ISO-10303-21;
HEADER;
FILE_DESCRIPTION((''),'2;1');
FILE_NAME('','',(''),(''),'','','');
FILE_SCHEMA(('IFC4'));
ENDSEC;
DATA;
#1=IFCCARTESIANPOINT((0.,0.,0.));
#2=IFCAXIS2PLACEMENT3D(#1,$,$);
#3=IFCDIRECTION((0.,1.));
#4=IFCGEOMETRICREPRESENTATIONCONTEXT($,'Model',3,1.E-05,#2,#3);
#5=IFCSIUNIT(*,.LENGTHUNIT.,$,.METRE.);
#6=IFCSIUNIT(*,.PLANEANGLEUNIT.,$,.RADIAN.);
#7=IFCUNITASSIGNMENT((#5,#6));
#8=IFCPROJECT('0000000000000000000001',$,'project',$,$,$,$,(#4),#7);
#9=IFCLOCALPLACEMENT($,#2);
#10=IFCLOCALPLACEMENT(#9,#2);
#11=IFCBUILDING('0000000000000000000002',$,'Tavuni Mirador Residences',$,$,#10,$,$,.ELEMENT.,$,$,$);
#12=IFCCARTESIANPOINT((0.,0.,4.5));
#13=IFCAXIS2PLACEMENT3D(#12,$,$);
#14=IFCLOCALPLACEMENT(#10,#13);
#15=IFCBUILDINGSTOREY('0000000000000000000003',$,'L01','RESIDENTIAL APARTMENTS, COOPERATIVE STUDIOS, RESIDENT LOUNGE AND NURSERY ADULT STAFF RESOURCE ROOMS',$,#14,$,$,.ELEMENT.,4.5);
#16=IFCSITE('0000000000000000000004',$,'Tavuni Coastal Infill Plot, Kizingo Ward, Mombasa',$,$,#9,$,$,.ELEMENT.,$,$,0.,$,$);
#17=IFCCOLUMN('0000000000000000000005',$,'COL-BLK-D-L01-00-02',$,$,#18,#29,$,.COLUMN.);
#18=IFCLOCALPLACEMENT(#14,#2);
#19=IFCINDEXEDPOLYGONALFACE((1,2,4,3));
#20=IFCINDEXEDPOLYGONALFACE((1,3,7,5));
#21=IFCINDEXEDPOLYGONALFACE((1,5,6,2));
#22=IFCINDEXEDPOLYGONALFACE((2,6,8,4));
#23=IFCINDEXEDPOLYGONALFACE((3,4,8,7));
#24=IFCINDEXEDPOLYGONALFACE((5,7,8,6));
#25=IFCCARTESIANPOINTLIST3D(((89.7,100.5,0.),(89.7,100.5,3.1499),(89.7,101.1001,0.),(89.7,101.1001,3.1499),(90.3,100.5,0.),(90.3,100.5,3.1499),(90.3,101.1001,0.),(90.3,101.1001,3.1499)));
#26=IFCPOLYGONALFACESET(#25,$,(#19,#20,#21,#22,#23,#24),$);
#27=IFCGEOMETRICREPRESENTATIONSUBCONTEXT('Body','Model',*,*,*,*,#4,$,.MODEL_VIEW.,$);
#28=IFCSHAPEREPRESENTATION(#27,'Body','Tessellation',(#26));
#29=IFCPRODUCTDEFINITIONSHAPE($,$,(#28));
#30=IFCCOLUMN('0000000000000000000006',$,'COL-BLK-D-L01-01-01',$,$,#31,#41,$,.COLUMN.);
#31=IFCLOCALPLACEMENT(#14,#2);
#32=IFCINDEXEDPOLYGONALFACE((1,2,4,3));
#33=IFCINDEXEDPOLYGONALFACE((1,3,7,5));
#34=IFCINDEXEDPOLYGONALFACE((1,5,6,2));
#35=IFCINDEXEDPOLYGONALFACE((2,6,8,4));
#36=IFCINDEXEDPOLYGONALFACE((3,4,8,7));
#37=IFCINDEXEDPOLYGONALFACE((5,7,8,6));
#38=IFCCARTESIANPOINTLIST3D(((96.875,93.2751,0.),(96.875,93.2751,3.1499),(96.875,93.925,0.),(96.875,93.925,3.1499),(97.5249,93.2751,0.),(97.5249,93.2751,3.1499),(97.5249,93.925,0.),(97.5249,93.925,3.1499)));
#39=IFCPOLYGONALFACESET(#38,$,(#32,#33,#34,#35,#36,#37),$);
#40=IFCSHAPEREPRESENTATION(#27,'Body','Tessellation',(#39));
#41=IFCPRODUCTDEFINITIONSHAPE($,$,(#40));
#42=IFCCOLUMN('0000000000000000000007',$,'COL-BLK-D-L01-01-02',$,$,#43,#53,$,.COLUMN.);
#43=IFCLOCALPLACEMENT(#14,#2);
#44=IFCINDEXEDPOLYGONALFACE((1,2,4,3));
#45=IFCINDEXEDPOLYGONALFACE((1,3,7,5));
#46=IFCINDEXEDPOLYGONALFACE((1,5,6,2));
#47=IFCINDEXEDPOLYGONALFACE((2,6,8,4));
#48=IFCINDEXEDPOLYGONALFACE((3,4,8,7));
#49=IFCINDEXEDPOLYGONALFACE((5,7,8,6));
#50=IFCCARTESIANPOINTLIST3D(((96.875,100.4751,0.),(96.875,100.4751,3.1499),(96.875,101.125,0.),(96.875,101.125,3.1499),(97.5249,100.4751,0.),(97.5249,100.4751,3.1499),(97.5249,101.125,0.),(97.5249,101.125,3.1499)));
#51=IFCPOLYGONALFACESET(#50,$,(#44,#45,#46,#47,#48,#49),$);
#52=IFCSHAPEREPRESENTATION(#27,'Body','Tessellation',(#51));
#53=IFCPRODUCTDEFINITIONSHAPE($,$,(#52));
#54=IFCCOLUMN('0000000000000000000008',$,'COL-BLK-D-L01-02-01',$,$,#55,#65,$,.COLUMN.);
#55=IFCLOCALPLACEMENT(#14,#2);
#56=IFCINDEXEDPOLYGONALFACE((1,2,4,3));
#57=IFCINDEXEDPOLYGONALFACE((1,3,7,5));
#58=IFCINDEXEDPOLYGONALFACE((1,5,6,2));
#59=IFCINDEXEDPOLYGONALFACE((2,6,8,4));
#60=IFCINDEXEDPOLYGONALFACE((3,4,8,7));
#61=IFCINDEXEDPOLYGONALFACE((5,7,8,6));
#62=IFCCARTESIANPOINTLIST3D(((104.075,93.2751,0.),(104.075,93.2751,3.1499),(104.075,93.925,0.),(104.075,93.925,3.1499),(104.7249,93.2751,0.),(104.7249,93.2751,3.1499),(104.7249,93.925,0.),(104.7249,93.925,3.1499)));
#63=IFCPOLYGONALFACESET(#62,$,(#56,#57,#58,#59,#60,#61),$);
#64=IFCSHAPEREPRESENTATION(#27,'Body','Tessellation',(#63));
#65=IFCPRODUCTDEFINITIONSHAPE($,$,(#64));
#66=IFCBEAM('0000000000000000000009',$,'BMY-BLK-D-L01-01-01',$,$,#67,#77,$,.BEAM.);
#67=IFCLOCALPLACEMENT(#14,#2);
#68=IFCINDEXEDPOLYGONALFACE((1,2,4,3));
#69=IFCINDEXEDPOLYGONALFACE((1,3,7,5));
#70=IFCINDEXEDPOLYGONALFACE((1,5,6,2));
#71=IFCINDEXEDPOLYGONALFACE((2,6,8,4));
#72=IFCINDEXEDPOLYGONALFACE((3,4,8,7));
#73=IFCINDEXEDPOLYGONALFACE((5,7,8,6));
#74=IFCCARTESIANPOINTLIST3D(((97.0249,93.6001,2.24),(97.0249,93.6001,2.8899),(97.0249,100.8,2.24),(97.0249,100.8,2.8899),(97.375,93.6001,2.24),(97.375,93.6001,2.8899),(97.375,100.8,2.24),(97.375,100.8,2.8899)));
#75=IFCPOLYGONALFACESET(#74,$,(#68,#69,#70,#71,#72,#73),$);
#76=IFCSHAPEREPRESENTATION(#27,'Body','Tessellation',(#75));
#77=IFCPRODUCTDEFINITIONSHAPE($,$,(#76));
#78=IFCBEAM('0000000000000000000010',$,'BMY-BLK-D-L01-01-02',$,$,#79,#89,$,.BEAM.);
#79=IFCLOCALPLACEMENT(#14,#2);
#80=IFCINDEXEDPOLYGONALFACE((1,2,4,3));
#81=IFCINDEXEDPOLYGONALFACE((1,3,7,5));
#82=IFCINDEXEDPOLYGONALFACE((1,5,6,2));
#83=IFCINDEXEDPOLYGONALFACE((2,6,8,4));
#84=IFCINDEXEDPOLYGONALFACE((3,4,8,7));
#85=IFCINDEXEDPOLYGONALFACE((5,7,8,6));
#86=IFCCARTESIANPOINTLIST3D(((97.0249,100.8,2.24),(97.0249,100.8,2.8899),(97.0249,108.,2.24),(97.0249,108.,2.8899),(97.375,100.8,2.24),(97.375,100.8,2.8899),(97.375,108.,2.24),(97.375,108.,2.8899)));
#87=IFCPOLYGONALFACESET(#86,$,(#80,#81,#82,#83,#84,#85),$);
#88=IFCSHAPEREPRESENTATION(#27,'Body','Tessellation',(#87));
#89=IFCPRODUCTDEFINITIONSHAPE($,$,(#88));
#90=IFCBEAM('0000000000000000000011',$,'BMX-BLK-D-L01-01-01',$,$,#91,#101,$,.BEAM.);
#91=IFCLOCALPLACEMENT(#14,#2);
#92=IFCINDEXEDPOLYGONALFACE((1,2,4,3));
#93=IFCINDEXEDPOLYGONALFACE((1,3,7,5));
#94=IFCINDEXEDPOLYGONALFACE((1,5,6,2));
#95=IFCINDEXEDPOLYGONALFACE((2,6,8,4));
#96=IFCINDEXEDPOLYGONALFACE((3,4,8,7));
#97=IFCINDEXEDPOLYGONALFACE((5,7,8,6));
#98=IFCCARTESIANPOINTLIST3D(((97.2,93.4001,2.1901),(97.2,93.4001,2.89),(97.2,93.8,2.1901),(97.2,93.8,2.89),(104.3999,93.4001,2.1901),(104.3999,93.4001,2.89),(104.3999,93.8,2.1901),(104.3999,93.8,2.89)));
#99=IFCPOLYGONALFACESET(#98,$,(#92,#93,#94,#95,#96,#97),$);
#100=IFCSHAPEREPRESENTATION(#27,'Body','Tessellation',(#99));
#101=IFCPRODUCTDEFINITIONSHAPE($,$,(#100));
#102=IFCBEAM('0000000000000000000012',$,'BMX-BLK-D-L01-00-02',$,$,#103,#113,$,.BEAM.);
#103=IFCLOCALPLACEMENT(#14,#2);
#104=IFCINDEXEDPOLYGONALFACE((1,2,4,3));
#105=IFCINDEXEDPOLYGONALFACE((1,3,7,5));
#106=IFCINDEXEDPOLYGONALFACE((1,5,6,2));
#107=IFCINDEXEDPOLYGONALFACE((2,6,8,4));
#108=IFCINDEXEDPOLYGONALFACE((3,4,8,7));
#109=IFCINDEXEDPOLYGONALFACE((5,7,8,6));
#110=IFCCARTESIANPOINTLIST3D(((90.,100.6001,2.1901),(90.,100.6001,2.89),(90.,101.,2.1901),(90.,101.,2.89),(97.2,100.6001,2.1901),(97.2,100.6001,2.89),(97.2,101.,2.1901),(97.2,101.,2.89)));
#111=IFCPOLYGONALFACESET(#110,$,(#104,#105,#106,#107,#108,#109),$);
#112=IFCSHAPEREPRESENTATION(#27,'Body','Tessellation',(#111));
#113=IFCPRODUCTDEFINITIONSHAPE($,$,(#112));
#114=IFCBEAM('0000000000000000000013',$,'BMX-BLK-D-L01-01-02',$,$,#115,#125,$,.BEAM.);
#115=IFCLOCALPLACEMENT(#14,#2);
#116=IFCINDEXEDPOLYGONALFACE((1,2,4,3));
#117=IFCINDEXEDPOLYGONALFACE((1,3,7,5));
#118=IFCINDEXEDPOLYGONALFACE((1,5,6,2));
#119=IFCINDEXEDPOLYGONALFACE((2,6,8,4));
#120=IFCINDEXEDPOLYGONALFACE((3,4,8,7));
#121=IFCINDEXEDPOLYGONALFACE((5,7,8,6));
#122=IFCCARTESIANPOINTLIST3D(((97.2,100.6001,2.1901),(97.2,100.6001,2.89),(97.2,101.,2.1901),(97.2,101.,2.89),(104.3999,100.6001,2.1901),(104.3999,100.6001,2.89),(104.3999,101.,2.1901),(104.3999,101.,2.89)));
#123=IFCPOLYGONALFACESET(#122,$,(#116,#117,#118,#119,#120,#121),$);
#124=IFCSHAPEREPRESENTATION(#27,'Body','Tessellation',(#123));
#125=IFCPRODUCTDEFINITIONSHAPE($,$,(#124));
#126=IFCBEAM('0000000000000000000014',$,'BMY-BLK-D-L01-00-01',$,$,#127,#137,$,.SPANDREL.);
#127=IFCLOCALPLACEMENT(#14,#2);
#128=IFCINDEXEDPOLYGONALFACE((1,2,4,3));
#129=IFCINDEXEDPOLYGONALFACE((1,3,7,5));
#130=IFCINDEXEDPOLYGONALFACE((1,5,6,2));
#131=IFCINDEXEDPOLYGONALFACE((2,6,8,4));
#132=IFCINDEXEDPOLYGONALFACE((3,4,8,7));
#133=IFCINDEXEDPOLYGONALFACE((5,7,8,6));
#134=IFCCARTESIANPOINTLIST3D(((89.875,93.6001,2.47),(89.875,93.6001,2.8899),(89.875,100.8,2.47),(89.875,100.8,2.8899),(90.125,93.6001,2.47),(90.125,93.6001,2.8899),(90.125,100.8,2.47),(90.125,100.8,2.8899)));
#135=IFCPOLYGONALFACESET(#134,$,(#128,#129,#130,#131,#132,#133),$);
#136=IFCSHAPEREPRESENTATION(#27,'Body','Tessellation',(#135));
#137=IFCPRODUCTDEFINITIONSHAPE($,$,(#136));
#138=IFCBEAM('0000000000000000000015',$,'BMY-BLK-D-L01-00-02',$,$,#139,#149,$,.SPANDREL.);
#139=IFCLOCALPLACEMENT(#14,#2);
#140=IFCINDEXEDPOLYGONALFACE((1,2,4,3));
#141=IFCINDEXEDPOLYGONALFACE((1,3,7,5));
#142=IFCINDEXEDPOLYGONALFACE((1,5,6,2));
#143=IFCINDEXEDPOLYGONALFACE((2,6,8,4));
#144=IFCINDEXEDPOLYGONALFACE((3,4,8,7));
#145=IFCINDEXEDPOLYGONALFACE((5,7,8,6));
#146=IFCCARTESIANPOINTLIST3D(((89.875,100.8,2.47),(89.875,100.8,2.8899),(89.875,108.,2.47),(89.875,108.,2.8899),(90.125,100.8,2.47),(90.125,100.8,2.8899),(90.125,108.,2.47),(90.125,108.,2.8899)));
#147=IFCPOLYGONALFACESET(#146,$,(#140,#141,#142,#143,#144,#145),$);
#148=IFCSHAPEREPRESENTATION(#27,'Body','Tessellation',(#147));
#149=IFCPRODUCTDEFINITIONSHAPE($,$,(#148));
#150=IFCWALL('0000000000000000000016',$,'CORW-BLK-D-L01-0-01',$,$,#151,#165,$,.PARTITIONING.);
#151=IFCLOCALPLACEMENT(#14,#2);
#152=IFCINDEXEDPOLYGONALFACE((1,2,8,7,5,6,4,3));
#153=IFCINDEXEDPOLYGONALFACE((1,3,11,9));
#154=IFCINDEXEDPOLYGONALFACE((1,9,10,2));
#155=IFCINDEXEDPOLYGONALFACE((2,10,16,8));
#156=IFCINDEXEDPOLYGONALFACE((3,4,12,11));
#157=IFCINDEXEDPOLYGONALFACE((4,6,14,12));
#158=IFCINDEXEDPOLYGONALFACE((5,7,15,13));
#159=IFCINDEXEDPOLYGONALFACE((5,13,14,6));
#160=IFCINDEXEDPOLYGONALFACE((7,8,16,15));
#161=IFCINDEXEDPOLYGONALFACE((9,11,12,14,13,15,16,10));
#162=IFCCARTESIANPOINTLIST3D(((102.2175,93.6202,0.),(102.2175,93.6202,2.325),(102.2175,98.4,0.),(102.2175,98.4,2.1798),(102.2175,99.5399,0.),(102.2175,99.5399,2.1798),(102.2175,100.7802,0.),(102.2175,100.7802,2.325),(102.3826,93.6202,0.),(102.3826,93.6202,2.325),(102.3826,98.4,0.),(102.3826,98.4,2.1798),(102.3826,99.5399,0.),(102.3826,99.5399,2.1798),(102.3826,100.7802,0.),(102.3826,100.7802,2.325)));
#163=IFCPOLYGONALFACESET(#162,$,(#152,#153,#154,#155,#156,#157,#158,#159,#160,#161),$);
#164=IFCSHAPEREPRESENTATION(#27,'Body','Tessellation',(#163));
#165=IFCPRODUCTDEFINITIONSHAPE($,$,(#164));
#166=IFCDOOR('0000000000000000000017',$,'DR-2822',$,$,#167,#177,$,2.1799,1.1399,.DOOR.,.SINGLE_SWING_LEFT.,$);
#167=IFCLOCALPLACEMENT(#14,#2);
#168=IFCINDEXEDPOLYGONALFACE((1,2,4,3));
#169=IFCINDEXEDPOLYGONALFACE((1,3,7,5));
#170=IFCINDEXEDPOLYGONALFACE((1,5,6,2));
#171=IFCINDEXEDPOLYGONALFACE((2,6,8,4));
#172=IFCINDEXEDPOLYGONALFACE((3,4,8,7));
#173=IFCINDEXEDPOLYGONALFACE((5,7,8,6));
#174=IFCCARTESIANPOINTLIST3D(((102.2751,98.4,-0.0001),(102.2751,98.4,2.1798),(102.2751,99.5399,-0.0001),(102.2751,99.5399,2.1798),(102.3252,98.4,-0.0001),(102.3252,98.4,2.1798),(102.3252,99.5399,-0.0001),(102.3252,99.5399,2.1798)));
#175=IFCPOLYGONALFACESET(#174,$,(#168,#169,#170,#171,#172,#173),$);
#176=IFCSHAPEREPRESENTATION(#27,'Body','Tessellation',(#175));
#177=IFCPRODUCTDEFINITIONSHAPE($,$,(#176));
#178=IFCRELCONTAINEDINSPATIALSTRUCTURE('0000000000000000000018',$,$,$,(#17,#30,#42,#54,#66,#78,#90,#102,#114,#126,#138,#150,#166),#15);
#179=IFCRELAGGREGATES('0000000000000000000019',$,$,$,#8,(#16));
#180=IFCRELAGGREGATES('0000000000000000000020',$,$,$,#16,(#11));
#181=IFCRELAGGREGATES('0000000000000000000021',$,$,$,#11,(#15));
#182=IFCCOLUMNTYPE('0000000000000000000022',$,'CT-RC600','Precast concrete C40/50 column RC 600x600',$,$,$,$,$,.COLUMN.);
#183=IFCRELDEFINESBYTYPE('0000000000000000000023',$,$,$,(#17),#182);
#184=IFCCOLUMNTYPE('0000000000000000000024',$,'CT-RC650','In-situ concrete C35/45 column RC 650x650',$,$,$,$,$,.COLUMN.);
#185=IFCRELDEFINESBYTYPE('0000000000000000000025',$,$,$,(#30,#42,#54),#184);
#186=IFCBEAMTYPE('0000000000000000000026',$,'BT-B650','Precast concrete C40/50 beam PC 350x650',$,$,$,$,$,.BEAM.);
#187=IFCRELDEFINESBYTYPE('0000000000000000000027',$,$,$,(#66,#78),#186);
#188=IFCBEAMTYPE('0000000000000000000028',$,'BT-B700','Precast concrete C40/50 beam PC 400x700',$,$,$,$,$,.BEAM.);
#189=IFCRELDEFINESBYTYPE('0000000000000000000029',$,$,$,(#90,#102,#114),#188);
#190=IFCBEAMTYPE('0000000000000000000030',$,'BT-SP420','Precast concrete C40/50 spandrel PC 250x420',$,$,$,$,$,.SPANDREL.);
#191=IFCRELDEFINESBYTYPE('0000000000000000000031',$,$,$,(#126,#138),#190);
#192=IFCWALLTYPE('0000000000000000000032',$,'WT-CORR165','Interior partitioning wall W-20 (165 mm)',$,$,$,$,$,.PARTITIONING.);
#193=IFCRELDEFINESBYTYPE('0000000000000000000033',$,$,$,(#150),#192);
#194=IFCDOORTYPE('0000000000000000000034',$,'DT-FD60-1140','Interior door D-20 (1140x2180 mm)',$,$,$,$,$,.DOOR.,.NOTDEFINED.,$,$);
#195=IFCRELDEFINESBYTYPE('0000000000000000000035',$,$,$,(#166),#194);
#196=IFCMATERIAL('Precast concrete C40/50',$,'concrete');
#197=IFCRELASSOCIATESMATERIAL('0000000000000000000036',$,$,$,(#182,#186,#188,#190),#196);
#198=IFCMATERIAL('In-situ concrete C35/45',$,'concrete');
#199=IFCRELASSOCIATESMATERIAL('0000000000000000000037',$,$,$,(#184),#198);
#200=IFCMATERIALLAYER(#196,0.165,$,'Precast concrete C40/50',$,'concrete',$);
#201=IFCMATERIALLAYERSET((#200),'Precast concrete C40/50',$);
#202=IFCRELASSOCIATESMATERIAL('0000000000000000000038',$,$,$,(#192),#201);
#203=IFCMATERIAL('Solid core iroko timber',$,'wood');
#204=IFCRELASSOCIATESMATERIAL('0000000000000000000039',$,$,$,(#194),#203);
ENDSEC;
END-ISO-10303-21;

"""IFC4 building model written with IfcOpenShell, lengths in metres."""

from ifc_helpers import new_model, si_unit, direction, frame, frame_2d, origin, origin_2d, place, context, subcontext, project, spatial, rectangle, extrude, material, layer, layer_set, material_profile, profile_set, type_object, element, fill, save


model = new_model("IFC4")

# Units and contexts
model_context = context("Model", 3, precision=1e-05, world=origin(), true_north=direction((0.0, 1.0)))
body_context = subcontext(model_context, "Body", "Model", "MODEL_VIEW")
ifc_project = project(units=[si_unit("LENGTHUNIT", "METRE"), si_unit("PLANEANGLEUNIT", "RADIAN")], contexts=[model_context])

# Site, building, storey
site_placement = place(None, origin())
site = spatial("IfcSite", under=ifc_project, at=site_placement, Name="Tavuni Coastal Infill Plot, Kizingo Ward, Mombasa", CompositionType="ELEMENT", RefElevation=0.0)
building_placement = place(site_placement, origin())
building = spatial("IfcBuilding", under=site, at=building_placement, Name="Tavuni Mirador Residences", CompositionType="ELEMENT")
storey_placement = place(building_placement, frame((0.0, 0.0, 4.5)))
storey = spatial("IfcBuildingStorey", under=building, at=storey_placement, Name="L01", Description="RESIDENTIAL APARTMENTS, COOPERATIVE STUDIOS, RESIDENT LOUNGE AND NURSERY ADULT STAFF RESOURCE ROOMS", CompositionType="ELEMENT", Elevation=4.5)

# Columns
ifc_material_1 = material(Name="Precast concrete C40/50", Category="concrete")
ifc_material_profile_1 = material_profile(ifc_material_1, rectangle(XDim=0.6001, YDim=0.6001, at=origin_2d()), Name="RC 600x600", Category="concrete")
ifc_profile_set_1 = profile_set([ifc_material_profile_1], Name="Precast concrete C40/50")
column_type_1 = type_object("IfcColumnType", Name="CT-RC600", Description="Precast concrete C40/50 column RC 600x600", PredefinedType="COLUMN", material=ifc_profile_set_1)
column_placement = place(storey_placement, frame((90.0, 100.8, 0.0), z_axis=(0.0, 0.0, 1.0), x_axis=(1.0, 0.0, 0.0)))
element("IfcColumn", 1, at=column_placement, inside=storey, type_object=column_type_1, Name="COL-BLK-D-L01-00-02", PredefinedType="COLUMN", context=body_context, shape_type="SweptSolid", body=[
    extrude(rectangle(XDim=0.6001, YDim=0.6001, at=origin_2d()), origin(), (0.0, 0.0, 1.0), 3.1499),
])
ifc_material_2 = material(Name="In-situ concrete C35/45", Category="concrete")
ifc_material_profile_2 = material_profile(ifc_material_2, rectangle(XDim=0.6499, YDim=0.6499, at=origin_2d()), Name="RC 650x650", Category="concrete")
ifc_profile_set_2 = profile_set([ifc_material_profile_2], Name="In-situ concrete C35/45")
column_type_2 = type_object("IfcColumnType", Name="CT-RC650", Description="In-situ concrete C35/45 column RC 650x650", PredefinedType="COLUMN", material=ifc_profile_set_2)
for number, where, z_axis, x_axis, name in (
    (2, (97.2, 93.6001, 0.0), (0.0, 0.0, 1.0), (1.0, 0.0, 0.0), "COL-BLK-D-L01-01-01"),
    (3, (97.2, 100.8, 0.0), (0.0, 0.0, 1.0), (1.0, 0.0, 0.0), "COL-BLK-D-L01-01-02"),
    (4, (104.3999, 93.6001, 0.0), (0.0, 0.0, 1.0), (1.0, 0.0, 0.0), "COL-BLK-D-L01-02-01"),
):
    element("IfcColumn", number, at=place(storey_placement, frame(where, z_axis=z_axis, x_axis=x_axis)), inside=storey, type_object=column_type_2, Name=name, PredefinedType="COLUMN", context=body_context, shape_type="SweptSolid", body=[
        extrude(rectangle(XDim=0.6499, YDim=0.6499, at=origin_2d()), origin(), (0.0, 0.0, 1.0), 3.1499),
    ])

# Beams
ifc_material_profile_3 = material_profile(ifc_material_1, rectangle(XDim=0.3501, YDim=0.6499, at=origin_2d()), Name="PC 350x650", Category="concrete")
ifc_profile_set_3 = profile_set([ifc_material_profile_3], Name="Precast concrete C40/50")
beam_type_1 = type_object("IfcBeamType", Name="BT-B650", Description="Precast concrete C40/50 beam PC 350x650", PredefinedType="BEAM", material=ifc_profile_set_3)
for number, where, z_axis, x_axis, name in (
    (5, (97.2, 93.6001, 2.5649), (0.0, 1.0, 0.0), (-1.0, 0.0, 0.0), "BMY-BLK-D-L01-01-01"),
    (6, (97.2, 100.8, 2.5649), (0.0, 1.0, 0.0), (-1.0, 0.0, 0.0), "BMY-BLK-D-L01-01-02"),
):
    element("IfcBeam", number, at=place(storey_placement, frame(where, z_axis=z_axis, x_axis=x_axis)), inside=storey, type_object=beam_type_1, Name=name, PredefinedType="BEAM", context=body_context, shape_type="SweptSolid", body=[
        extrude(rectangle(XDim=0.3501, YDim=0.6499, at=origin_2d()), origin(), (0.0, 0.0, 1.0), 7.2),
    ])
ifc_material_profile_4 = material_profile(ifc_material_1, rectangle(XDim=0.3999, YDim=0.7, at=origin_2d()), Name="PC 400x700", Category="concrete")
ifc_profile_set_4 = profile_set([ifc_material_profile_4], Name="Precast concrete C40/50")
beam_type_2 = type_object("IfcBeamType", Name="BT-B700", Description="Precast concrete C40/50 beam PC 400x700", PredefinedType="BEAM", material=ifc_profile_set_4)
for number, where, z_axis, x_axis, name in (
    (7, (97.2, 93.6001, 2.54), (1.0, 0.0, 0.0), (0.0, 1.0, 0.0), "BMX-BLK-D-L01-01-01"),
    (8, (90.0, 100.8, 2.54), (1.0, 0.0, 0.0), (0.0, 1.0, 0.0), "BMX-BLK-D-L01-00-02"),
    (9, (97.2, 100.8, 2.54), (1.0, 0.0, 0.0), (0.0, 1.0, 0.0), "BMX-BLK-D-L01-01-02"),
):
    element("IfcBeam", number, at=place(storey_placement, frame(where, z_axis=z_axis, x_axis=x_axis)), inside=storey, type_object=beam_type_2, Name=name, PredefinedType="BEAM", context=body_context, shape_type="SweptSolid", body=[
        extrude(rectangle(XDim=0.3999, YDim=0.7, at=origin_2d()), origin(), (0.0, 0.0, 1.0), 7.2),
    ])
ifc_material_profile_5 = material_profile(ifc_material_1, rectangle(XDim=0.25, YDim=0.4199, at=origin_2d()), Name="PC 250x420", Category="concrete")
ifc_profile_set_5 = profile_set([ifc_material_profile_5], Name="Precast concrete C40/50")
beam_type_3 = type_object("IfcBeamType", Name="BT-SP420", Description="Precast concrete C40/50 spandrel PC 250x420", PredefinedType="SPANDREL", material=ifc_profile_set_5)
for number, where, z_axis, x_axis, name in (
    (10, (90.0, 93.6001, 2.6799), (0.0, 1.0, 0.0), (-1.0, 0.0, 0.0), "BMY-BLK-D-L01-00-01"),
    (11, (90.0, 100.8, 2.6799), (0.0, 1.0, 0.0), (-1.0, 0.0, 0.0), "BMY-BLK-D-L01-00-02"),
):
    element("IfcBeam", number, at=place(storey_placement, frame(where, z_axis=z_axis, x_axis=x_axis)), inside=storey, type_object=beam_type_3, Name=name, PredefinedType="SPANDREL", context=body_context, shape_type="SweptSolid", body=[
        extrude(rectangle(XDim=0.25, YDim=0.4199, at=origin_2d()), origin(), (0.0, 0.0, 1.0), 7.2),
    ])

# Wall, opening, door
ifc_layer_1 = layer(ifc_material_1, 0.165, Name="Precast concrete C40/50", Category="concrete")
ifc_layer_set_1 = layer_set([ifc_layer_1], Name="Precast concrete C40/50")
wall_type_1 = type_object("IfcWallType", Name="WT-CORR165", Description="Interior partitioning wall W-20 (165 mm)", PredefinedType="PARTITIONING", material=ifc_layer_set_1)
wall_1_placement = place(storey_placement, frame((102.3, 93.6201, 0.0), z_axis=(0.0, 0.0, 1.0), x_axis=(0.0, 1.0, 0.0)))
wall_1 = element("IfcWall", 12, at=wall_1_placement, inside=storey, type_object=wall_type_1, Name="CORW-BLK-D-L01-0-01", PredefinedType="PARTITIONING", context=body_context, shape_type="SweptSolid", body=[
    extrude(rectangle(XDim=7.1599, YDim=0.165, at=frame_2d((3.5801, 0.0))), origin(), (0.0, 0.0, 1.0), 2.325),
])
opening_1_placement = place(wall_1_placement, frame((4.78, 0.0, 0.0)))
opening_1 = element("IfcOpeningElement", 13, at=opening_1_placement, cuts=wall_1, PredefinedType="OPENING", context=body_context, shape_type="SweptSolid", body=[
    extrude(rectangle(XDim=1.1399, YDim=2.1799, at=frame_2d((0.5698, 1.0898))), frame((0.0, 0.0925, 0.0), z_axis=(0.0, -1.0, 0.0), x_axis=(1.0, 0.0, 0.0)), (0.0, 0.0, 1.0), 0.1851),
])
ifc_material_3 = material(Name="Solid core iroko timber", Category="wood")
door_type_1 = type_object("IfcDoorType", Name="DT-FD60-1140", Description="Interior door D-20 (1140x2180 mm)", OperationType="NOTDEFINED", PredefinedType="DOOR", material=ifc_material_3)
door_1_placement = place(opening_1_placement, origin())
door_1 = element("IfcDoor", 14, at=door_1_placement, inside=storey, type_object=door_type_1, Name="DR-2822", OperationType="SINGLE_SWING_LEFT", OverallHeight=2.1799, OverallWidth=1.1399, PredefinedType="DOOR", context=body_context, shape_type="SweptSolid", body=[
    extrude(rectangle(XDim=1.1399, YDim=2.1799, at=frame_2d((0.5698, 1.0898))), frame((0.0, 0.0249, 0.0), z_axis=(0.0, -1.0, 0.0), x_axis=(1.0, 0.0, 0.0)), (0.0, 0.0, 1.0), 0.05),
])
fill(opening_1, door_1)

save(model, "model.ifc")
